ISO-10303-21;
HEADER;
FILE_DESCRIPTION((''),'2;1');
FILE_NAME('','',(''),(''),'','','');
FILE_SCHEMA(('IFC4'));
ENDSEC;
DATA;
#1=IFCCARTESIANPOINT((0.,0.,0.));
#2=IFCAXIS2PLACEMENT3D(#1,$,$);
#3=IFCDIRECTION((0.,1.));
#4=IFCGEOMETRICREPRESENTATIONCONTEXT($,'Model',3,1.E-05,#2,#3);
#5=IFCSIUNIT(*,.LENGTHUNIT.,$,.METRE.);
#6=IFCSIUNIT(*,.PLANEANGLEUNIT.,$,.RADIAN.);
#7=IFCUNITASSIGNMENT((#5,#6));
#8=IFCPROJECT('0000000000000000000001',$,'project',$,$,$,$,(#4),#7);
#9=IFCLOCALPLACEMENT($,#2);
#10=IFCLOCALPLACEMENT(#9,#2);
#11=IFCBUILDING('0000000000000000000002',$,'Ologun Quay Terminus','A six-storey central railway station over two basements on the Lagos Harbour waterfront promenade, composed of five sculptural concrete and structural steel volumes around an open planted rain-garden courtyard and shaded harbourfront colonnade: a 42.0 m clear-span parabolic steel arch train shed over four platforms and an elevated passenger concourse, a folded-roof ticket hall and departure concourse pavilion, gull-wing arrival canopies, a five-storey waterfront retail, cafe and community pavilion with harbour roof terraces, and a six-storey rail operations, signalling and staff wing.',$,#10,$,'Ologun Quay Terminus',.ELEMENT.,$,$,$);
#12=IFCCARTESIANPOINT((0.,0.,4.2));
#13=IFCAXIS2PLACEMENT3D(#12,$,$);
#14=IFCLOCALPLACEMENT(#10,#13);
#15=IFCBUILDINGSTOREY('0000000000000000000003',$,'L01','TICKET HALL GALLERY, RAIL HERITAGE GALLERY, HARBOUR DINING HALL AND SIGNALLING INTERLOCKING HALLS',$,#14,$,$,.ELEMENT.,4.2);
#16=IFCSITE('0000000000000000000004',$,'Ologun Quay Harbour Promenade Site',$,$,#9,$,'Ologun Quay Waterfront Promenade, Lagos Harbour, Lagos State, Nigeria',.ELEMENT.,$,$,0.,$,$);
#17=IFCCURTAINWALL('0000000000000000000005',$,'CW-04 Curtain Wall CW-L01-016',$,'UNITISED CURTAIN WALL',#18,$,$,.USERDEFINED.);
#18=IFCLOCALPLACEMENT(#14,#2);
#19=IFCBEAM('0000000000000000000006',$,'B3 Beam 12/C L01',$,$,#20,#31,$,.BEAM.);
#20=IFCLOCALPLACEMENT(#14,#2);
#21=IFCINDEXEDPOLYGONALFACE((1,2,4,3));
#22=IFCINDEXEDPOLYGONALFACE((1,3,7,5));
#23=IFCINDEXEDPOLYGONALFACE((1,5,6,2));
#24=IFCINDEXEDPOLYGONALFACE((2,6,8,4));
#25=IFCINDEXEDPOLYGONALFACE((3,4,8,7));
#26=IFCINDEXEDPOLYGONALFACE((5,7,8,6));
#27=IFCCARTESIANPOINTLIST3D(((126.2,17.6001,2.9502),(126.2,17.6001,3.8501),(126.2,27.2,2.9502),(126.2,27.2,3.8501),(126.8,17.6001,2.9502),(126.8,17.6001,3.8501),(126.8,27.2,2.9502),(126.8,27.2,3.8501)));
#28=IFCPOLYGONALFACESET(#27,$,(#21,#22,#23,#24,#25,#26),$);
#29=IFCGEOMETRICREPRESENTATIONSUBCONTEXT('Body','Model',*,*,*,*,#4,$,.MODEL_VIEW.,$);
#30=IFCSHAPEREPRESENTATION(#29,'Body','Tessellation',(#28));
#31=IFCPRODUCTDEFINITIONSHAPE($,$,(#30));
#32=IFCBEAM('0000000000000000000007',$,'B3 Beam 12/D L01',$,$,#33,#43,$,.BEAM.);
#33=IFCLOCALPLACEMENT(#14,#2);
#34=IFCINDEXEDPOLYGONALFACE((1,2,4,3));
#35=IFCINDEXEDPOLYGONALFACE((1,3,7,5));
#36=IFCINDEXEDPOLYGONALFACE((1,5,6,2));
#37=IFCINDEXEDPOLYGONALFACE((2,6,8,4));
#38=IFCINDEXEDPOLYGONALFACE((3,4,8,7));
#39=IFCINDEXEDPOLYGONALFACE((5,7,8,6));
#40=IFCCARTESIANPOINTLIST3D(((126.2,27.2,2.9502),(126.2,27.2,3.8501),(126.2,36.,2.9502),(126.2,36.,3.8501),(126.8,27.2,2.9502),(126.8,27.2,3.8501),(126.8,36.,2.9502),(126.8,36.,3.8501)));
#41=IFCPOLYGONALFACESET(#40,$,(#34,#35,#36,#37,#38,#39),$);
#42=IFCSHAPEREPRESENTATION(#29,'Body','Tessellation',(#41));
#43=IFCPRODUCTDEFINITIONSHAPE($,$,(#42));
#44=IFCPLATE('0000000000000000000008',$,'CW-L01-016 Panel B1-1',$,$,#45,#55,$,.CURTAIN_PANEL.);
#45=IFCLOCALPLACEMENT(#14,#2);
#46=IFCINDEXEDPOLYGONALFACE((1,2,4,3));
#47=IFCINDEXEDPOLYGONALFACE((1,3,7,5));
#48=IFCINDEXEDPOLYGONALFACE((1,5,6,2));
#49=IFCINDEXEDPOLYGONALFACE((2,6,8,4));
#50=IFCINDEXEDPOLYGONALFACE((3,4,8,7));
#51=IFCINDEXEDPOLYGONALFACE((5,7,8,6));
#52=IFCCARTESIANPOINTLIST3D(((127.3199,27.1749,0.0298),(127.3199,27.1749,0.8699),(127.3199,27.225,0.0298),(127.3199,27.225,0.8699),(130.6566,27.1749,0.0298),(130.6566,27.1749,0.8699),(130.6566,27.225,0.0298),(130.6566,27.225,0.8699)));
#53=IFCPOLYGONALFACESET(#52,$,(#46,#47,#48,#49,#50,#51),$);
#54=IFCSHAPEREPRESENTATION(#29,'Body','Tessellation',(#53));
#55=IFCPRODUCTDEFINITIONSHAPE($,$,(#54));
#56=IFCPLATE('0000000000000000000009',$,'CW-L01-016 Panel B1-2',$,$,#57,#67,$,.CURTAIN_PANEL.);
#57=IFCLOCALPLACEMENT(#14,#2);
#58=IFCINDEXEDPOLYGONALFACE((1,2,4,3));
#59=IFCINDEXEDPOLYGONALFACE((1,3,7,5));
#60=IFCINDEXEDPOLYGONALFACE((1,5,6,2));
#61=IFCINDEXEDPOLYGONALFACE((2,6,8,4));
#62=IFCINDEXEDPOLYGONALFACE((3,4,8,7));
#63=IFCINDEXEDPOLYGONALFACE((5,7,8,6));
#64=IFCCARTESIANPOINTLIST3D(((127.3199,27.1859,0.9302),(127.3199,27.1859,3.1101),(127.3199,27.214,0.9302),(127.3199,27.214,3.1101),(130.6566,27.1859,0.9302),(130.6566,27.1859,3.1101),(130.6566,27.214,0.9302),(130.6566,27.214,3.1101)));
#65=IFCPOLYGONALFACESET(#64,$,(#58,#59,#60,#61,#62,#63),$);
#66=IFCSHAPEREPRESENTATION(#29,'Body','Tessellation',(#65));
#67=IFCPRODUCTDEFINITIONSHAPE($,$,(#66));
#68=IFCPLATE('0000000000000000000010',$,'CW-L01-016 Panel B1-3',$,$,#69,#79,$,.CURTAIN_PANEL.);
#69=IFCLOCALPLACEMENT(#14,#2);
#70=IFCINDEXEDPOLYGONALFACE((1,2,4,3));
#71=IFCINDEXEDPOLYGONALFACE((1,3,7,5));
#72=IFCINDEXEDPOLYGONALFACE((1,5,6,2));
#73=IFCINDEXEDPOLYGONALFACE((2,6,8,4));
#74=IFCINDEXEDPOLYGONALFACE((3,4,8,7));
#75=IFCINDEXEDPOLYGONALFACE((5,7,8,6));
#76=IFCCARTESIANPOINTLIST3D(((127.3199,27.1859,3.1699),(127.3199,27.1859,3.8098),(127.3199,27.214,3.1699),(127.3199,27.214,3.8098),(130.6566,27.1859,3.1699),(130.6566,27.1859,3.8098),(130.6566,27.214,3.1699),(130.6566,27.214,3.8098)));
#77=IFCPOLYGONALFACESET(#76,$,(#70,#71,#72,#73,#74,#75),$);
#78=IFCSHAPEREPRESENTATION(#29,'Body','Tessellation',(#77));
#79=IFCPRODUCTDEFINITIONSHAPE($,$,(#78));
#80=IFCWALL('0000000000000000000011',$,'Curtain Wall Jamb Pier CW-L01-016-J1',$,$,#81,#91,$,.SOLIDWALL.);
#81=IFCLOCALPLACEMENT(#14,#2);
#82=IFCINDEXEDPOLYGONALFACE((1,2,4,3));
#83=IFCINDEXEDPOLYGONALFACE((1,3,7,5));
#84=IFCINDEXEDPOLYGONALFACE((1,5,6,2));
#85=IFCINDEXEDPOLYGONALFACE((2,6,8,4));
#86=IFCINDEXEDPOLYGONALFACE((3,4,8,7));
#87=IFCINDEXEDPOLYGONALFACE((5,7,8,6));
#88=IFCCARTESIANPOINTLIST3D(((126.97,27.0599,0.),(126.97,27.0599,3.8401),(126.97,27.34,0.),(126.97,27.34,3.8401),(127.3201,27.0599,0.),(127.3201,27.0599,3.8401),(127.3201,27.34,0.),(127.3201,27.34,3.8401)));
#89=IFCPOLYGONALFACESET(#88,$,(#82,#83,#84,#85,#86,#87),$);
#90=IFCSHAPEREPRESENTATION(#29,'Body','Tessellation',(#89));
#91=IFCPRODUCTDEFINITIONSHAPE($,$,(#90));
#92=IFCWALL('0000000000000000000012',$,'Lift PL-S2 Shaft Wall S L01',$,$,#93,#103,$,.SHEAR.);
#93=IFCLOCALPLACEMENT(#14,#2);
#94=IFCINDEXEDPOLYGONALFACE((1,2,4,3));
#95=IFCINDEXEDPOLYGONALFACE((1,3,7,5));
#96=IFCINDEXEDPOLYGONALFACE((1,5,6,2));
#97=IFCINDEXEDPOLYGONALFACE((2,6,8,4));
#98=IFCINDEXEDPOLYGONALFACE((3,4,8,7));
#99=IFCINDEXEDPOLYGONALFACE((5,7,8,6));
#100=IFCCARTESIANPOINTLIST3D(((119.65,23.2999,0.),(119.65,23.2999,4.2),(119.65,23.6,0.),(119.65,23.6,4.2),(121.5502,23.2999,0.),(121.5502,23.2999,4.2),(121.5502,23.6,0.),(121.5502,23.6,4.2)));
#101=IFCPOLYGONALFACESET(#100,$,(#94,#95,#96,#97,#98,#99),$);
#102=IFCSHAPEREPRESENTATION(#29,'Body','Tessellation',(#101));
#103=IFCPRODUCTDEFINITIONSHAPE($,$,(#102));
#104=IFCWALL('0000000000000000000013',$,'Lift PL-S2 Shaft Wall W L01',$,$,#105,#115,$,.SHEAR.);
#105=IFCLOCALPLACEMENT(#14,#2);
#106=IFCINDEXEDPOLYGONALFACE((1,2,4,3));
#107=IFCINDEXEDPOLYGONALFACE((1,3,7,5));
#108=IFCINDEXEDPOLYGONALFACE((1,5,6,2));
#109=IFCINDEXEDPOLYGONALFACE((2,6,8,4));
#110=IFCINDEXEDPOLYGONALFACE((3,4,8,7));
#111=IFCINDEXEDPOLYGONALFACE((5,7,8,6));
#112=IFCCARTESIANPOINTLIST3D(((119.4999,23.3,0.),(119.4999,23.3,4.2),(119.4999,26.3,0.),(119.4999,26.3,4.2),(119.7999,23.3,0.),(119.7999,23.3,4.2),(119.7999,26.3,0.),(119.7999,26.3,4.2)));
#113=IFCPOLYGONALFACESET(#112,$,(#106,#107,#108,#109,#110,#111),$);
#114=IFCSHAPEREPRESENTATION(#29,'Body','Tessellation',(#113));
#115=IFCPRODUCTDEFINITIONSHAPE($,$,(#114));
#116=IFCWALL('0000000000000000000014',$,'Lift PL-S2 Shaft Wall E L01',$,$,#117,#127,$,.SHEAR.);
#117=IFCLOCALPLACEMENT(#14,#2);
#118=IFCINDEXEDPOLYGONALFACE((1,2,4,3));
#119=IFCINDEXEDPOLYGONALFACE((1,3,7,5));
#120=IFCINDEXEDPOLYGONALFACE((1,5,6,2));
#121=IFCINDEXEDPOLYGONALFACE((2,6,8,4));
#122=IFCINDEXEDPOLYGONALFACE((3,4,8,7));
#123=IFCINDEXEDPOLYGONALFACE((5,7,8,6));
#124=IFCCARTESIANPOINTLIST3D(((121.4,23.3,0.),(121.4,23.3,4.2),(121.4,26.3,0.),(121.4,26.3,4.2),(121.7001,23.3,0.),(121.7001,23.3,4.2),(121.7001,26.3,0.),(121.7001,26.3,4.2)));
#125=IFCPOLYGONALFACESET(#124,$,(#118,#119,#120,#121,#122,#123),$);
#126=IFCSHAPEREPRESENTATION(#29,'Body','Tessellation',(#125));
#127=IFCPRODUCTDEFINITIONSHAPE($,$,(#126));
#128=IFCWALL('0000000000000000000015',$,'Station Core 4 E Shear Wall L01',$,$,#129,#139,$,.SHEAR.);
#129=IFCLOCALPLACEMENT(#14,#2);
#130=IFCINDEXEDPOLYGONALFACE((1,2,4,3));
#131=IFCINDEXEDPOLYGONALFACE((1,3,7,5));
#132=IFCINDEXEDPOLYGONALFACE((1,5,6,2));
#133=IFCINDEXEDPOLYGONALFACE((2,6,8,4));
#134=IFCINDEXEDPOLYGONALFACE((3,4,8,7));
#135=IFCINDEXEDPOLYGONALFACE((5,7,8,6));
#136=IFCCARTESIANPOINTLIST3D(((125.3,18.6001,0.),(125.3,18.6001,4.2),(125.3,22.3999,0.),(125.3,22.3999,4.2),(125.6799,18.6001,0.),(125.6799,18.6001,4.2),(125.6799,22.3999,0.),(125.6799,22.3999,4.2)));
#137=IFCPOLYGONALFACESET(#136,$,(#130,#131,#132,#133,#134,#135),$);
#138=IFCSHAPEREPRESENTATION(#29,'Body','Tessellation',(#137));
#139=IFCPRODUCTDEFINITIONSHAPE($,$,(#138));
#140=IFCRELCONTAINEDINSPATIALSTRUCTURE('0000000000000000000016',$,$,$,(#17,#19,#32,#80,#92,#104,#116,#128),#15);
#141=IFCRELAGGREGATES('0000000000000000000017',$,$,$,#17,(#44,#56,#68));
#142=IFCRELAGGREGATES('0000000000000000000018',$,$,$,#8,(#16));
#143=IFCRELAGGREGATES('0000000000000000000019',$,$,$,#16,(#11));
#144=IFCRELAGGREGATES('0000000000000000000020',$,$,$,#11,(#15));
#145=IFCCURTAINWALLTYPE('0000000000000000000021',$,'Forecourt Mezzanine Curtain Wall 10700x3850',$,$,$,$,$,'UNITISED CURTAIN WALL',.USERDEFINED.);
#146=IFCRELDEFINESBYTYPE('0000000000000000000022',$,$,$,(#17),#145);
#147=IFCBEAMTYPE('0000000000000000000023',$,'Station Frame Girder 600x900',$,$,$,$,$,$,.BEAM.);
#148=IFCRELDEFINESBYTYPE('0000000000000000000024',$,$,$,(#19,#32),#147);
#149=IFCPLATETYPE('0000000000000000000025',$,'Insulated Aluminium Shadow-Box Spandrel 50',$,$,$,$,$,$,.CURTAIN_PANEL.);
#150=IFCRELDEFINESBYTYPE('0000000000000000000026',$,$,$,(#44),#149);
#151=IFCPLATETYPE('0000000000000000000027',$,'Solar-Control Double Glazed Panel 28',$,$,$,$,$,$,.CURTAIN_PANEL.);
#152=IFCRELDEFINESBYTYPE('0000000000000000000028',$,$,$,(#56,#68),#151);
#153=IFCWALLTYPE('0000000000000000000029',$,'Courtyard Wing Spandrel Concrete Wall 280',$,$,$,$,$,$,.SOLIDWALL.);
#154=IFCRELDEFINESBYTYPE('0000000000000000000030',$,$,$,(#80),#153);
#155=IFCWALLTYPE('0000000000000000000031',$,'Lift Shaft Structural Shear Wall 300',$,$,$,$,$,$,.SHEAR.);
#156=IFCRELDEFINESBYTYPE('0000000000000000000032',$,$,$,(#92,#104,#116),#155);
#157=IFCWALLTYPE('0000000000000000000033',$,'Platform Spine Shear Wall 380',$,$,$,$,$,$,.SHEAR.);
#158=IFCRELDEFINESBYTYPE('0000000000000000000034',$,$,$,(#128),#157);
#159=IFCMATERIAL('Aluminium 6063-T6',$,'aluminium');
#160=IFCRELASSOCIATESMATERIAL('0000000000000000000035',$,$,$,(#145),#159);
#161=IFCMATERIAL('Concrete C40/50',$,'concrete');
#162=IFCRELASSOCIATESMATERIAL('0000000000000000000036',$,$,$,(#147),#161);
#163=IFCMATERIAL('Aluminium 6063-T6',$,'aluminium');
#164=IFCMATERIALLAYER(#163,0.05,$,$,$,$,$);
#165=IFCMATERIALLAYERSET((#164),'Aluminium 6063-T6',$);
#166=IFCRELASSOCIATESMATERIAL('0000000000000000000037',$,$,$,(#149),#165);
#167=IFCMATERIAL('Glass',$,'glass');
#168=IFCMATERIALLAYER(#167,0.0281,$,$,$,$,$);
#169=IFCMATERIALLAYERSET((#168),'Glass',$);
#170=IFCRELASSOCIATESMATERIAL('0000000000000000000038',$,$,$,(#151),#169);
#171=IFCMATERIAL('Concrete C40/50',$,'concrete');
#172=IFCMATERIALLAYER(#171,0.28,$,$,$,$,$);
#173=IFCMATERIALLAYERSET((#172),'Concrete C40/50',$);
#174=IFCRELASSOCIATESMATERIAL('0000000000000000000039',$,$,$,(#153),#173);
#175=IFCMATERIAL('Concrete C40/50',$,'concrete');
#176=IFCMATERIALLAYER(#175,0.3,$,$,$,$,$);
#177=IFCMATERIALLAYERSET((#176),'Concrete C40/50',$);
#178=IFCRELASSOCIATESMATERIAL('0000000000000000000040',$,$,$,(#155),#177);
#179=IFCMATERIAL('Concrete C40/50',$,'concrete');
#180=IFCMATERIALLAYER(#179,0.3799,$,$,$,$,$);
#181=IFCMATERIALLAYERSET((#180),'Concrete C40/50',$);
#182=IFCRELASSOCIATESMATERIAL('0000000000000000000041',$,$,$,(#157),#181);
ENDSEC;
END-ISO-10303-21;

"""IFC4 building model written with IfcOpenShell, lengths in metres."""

from ifc_helpers import new_model, si_unit, direction, frame, frame_2d, origin, origin_2d, place, context, subcontext, project, spatial, rectangle, extrude, material, layer, layer_set, material_profile, profile_set, type_object, element, aggregate, save


model = new_model("IFC4")

# Units and contexts
model_context = context("Model", 3, precision=1e-05, world=origin(), true_north=direction((0.0, 1.0)))
body_context = subcontext(model_context, "Body", "Model", "MODEL_VIEW")
ifc_project = project(units=[si_unit("LENGTHUNIT", "METRE"), si_unit("PLANEANGLEUNIT", "RADIAN")], contexts=[model_context])

# Site, building, storey
site_placement = place(None, origin())
site = spatial("IfcSite", under=ifc_project, at=site_placement, Name="Ologun Quay Harbour Promenade Site", LongName="Ologun Quay Waterfront Promenade, Lagos Harbour, Lagos State, Nigeria", CompositionType="ELEMENT", RefElevation=0.0)
building_placement = place(site_placement, origin())
building = spatial("IfcBuilding", under=site, at=building_placement, Name="Ologun Quay Terminus", Description="A six-storey central railway station over two basements on the Lagos Harbour waterfront promenade, composed of five sculptural concrete and structural steel volumes around an open planted rain-garden courtyard and shaded harbourfront colonnade: a 42.0 m clear-span parabolic steel arch train shed over four platforms and an elevated passenger concourse, a folded-roof ticket hall and departure concourse pavilion, gull-wing arrival canopies, a five-storey waterfront retail, cafe and community pavilion with harbour roof terraces, and a six-storey rail operations, signalling and staff wing.", LongName="Ologun Quay Terminus", CompositionType="ELEMENT")
storey_placement = place(building_placement, frame((0.0, 0.0, 4.2)))
storey = spatial("IfcBuildingStorey", under=building, at=storey_placement, Name="L01", Description="TICKET HALL GALLERY, RAIL HERITAGE GALLERY, HARBOUR DINING HALL AND SIGNALLING INTERLOCKING HALLS", CompositionType="ELEMENT", Elevation=4.2)

# Curtain wall
ifc_material_1 = material(Name="Aluminium 6063-T6", Category="aluminium")
curtain_wall_type = type_object("IfcCurtainWallType", Name="Forecourt Mezzanine Curtain Wall 10700x3850", ElementType="UNITISED CURTAIN WALL", PredefinedType="USERDEFINED", material=ifc_material_1)
curtain_wall_placement = place(storey_placement, origin())
curtain_wall = element("IfcCurtainWall", 1, at=curtain_wall_placement, inside=storey, type_object=curtain_wall_type, Name="CW-04 Curtain Wall CW-L01-016", ObjectType="UNITISED CURTAIN WALL", PredefinedType="USERDEFINED")

# Beams
ifc_material_2 = material(Name="Concrete C40/50", Category="concrete")
ifc_material_profile_1 = material_profile(ifc_material_2, rectangle(XDim=0.6001, YDim=0.8999, at=origin_2d()), Name="RC 600x900")
ifc_profile_set_1 = profile_set([ifc_material_profile_1], Name="Concrete C40/50")
beam_type_1 = type_object("IfcBeamType", Name="Station Frame Girder 600x900", PredefinedType="BEAM", material=ifc_profile_set_1)
beam_1_placement = place(storey_placement, frame((126.5, 17.6001, 3.4001), z_axis=(0.0, 1.0, 0.0), x_axis=(-1.0, 0.0, 0.0)))
element("IfcBeam", 2, at=beam_1_placement, inside=storey, type_object=beam_type_1, Name="B3 Beam 12/C L01", PredefinedType="BEAM", context=body_context, shape_type="SweptSolid", body=[
    extrude(rectangle(XDim=0.6001, YDim=0.8999, at=origin_2d()), origin(), (0.0, 0.0, 1.0), 9.5999),
])
beam_2_placement = place(storey_placement, frame((126.5, 27.2, 3.4001), z_axis=(0.0, 1.0, 0.0), x_axis=(-1.0, 0.0, 0.0)))
element("IfcBeam", 3, at=beam_2_placement, inside=storey, type_object=beam_type_1, Name="B3 Beam 12/D L01", PredefinedType="BEAM", context=body_context, shape_type="SweptSolid", body=[
    extrude(rectangle(XDim=0.6001, YDim=0.8999, at=origin_2d()), origin(), (0.0, 0.0, 1.0), 8.8),
])

# Plates
ifc_material_3 = material(Name="Aluminium 6063-T6", Category="aluminium")
ifc_layer_1 = layer(ifc_material_3, 0.05)
ifc_layer_set_1 = layer_set([ifc_layer_1], Name="Aluminium 6063-T6")
plate_type_1 = type_object("IfcPlateType", Name="Insulated Aluminium Shadow-Box Spandrel 50", PredefinedType="CURTAIN_PANEL", material=ifc_layer_set_1)
plate_1_placement = place(storey_placement, frame((128.9883, 27.2, 0.0298), z_axis=(0.0, 0.0, 1.0), x_axis=(1.0, 0.0, 0.0)))
plate_1 = element("IfcPlate", 4, at=plate_1_placement, type_object=plate_type_1, Name="CW-L01-016 Panel B1-1", PredefinedType="CURTAIN_PANEL", context=body_context, shape_type="SweptSolid", body=[
    extrude(rectangle(XDim=3.3367, YDim=0.05, at=origin_2d()), origin(), (0.0, 0.0, 1.0), 0.8401),
])
ifc_material_4 = material(Name="Glass", Category="glass")
ifc_layer_2 = layer(ifc_material_4, 0.0281)
ifc_layer_set_2 = layer_set([ifc_layer_2], Name="Glass")
plate_type_2 = type_object("IfcPlateType", Name="Solar-Control Double Glazed Panel 28", PredefinedType="CURTAIN_PANEL", material=ifc_layer_set_2)
plate_2_placement = place(storey_placement, frame((128.9883, 27.2, 0.9302), z_axis=(0.0, 0.0, 1.0), x_axis=(1.0, 0.0, 0.0)))
plate_2 = element("IfcPlate", 5, at=plate_2_placement, type_object=plate_type_2, Name="CW-L01-016 Panel B1-2", PredefinedType="CURTAIN_PANEL", context=body_context, shape_type="SweptSolid", body=[
    extrude(rectangle(XDim=3.3367, YDim=0.0281, at=origin_2d()), origin(), (0.0, 0.0, 1.0), 2.1799),
])
plate_3_placement = place(storey_placement, frame((128.9883, 27.2, 3.1699), z_axis=(0.0, 0.0, 1.0), x_axis=(1.0, 0.0, 0.0)))
plate_3 = element("IfcPlate", 6, at=plate_3_placement, type_object=plate_type_2, Name="CW-L01-016 Panel B1-3", PredefinedType="CURTAIN_PANEL", context=body_context, shape_type="SweptSolid", body=[
    extrude(rectangle(XDim=3.3367, YDim=0.0281, at=origin_2d()), origin(), (0.0, 0.0, 1.0), 0.6399),
])
aggregate(curtain_wall, [plate_1, plate_2, plate_3])

# Walls
ifc_material_5 = material(Name="Concrete C40/50", Category="concrete")
ifc_layer_3 = layer(ifc_material_5, 0.28)
ifc_layer_set_3 = layer_set([ifc_layer_3], Name="Concrete C40/50")
wall_type_1 = type_object("IfcWallType", Name="Courtyard Wing Spandrel Concrete Wall 280", PredefinedType="SOLIDWALL", material=ifc_layer_set_3)
wall_1_placement = place(storey_placement, frame((126.97, 27.2, 0.0), z_axis=(0.0, 0.0, 1.0), x_axis=(1.0, 0.0, 0.0)))
element("IfcWall", 7, at=wall_1_placement, inside=storey, type_object=wall_type_1, Name="Curtain Wall Jamb Pier CW-L01-016-J1", PredefinedType="SOLIDWALL", context=body_context, shape_type="SweptSolid", body=[
    extrude(rectangle(XDim=0.3501, YDim=0.28, at=frame_2d((0.175, 0.0))), origin(), (0.0, 0.0, 1.0), 3.8401),
])
ifc_material_6 = material(Name="Concrete C40/50", Category="concrete")
ifc_layer_4 = layer(ifc_material_6, 0.3)
ifc_layer_set_4 = layer_set([ifc_layer_4], Name="Concrete C40/50")
wall_type_2 = type_object("IfcWallType", Name="Lift Shaft Structural Shear Wall 300", PredefinedType="SHEAR", material=ifc_layer_set_4)
wall_2_placement = place(storey_placement, frame((119.6499, 23.45, 0.0), z_axis=(0.0, 0.0, 1.0), x_axis=(1.0, 0.0, 0.0)))
element("IfcWall", 8, at=wall_2_placement, inside=storey, type_object=wall_type_2, Name="Lift PL-S2 Shaft Wall S L01", PredefinedType="SHEAR", context=body_context, shape_type="SweptSolid", body=[
    extrude(rectangle(XDim=1.9001, YDim=0.3, at=frame_2d((0.9502, 0.0))), origin(), (0.0, 0.0, 1.0), 4.2),
])

# Walls
for number, where, z_axis, x_axis, name in (
    (9, (119.6499, 23.3, 0.0), (0.0, 0.0, 1.0), (0.0, 1.0, 0.0), "Lift PL-S2 Shaft Wall W L01"),
    (10, (121.55, 23.3, 0.0), (0.0, 0.0, 1.0), (0.0, 1.0, 0.0), "Lift PL-S2 Shaft Wall E L01"),
):
    element("IfcWall", number, at=place(storey_placement, frame(where, z_axis=z_axis, x_axis=x_axis)), inside=storey, type_object=wall_type_2, Name=name, PredefinedType="SHEAR", context=body_context, shape_type="SweptSolid", body=[
        extrude(rectangle(XDim=3.0, YDim=0.3, at=frame_2d((1.5, 0.0))), origin(), (0.0, 0.0, 1.0), 4.2),
    ])
ifc_material_7 = material(Name="Concrete C40/50", Category="concrete")
ifc_layer_5 = layer(ifc_material_7, 0.3799)
ifc_layer_set_5 = layer_set([ifc_layer_5], Name="Concrete C40/50")
wall_type_3 = type_object("IfcWallType", Name="Platform Spine Shear Wall 380", PredefinedType="SHEAR", material=ifc_layer_set_5)
wall_3_placement = place(storey_placement, frame((125.49, 18.6001, 0.0), z_axis=(0.0, 0.0, 1.0), x_axis=(0.0, 1.0, 0.0)))
element("IfcWall", 11, at=wall_3_placement, inside=storey, type_object=wall_type_3, Name="Station Core 4 E Shear Wall L01", PredefinedType="SHEAR", context=body_context, shape_type="SweptSolid", body=[
    extrude(rectangle(XDim=3.7998, YDim=0.3799, at=frame_2d((1.8999, 0.0))), origin(), (0.0, 0.0, 1.0), 4.2),
])

save(model, "model.ifc")
